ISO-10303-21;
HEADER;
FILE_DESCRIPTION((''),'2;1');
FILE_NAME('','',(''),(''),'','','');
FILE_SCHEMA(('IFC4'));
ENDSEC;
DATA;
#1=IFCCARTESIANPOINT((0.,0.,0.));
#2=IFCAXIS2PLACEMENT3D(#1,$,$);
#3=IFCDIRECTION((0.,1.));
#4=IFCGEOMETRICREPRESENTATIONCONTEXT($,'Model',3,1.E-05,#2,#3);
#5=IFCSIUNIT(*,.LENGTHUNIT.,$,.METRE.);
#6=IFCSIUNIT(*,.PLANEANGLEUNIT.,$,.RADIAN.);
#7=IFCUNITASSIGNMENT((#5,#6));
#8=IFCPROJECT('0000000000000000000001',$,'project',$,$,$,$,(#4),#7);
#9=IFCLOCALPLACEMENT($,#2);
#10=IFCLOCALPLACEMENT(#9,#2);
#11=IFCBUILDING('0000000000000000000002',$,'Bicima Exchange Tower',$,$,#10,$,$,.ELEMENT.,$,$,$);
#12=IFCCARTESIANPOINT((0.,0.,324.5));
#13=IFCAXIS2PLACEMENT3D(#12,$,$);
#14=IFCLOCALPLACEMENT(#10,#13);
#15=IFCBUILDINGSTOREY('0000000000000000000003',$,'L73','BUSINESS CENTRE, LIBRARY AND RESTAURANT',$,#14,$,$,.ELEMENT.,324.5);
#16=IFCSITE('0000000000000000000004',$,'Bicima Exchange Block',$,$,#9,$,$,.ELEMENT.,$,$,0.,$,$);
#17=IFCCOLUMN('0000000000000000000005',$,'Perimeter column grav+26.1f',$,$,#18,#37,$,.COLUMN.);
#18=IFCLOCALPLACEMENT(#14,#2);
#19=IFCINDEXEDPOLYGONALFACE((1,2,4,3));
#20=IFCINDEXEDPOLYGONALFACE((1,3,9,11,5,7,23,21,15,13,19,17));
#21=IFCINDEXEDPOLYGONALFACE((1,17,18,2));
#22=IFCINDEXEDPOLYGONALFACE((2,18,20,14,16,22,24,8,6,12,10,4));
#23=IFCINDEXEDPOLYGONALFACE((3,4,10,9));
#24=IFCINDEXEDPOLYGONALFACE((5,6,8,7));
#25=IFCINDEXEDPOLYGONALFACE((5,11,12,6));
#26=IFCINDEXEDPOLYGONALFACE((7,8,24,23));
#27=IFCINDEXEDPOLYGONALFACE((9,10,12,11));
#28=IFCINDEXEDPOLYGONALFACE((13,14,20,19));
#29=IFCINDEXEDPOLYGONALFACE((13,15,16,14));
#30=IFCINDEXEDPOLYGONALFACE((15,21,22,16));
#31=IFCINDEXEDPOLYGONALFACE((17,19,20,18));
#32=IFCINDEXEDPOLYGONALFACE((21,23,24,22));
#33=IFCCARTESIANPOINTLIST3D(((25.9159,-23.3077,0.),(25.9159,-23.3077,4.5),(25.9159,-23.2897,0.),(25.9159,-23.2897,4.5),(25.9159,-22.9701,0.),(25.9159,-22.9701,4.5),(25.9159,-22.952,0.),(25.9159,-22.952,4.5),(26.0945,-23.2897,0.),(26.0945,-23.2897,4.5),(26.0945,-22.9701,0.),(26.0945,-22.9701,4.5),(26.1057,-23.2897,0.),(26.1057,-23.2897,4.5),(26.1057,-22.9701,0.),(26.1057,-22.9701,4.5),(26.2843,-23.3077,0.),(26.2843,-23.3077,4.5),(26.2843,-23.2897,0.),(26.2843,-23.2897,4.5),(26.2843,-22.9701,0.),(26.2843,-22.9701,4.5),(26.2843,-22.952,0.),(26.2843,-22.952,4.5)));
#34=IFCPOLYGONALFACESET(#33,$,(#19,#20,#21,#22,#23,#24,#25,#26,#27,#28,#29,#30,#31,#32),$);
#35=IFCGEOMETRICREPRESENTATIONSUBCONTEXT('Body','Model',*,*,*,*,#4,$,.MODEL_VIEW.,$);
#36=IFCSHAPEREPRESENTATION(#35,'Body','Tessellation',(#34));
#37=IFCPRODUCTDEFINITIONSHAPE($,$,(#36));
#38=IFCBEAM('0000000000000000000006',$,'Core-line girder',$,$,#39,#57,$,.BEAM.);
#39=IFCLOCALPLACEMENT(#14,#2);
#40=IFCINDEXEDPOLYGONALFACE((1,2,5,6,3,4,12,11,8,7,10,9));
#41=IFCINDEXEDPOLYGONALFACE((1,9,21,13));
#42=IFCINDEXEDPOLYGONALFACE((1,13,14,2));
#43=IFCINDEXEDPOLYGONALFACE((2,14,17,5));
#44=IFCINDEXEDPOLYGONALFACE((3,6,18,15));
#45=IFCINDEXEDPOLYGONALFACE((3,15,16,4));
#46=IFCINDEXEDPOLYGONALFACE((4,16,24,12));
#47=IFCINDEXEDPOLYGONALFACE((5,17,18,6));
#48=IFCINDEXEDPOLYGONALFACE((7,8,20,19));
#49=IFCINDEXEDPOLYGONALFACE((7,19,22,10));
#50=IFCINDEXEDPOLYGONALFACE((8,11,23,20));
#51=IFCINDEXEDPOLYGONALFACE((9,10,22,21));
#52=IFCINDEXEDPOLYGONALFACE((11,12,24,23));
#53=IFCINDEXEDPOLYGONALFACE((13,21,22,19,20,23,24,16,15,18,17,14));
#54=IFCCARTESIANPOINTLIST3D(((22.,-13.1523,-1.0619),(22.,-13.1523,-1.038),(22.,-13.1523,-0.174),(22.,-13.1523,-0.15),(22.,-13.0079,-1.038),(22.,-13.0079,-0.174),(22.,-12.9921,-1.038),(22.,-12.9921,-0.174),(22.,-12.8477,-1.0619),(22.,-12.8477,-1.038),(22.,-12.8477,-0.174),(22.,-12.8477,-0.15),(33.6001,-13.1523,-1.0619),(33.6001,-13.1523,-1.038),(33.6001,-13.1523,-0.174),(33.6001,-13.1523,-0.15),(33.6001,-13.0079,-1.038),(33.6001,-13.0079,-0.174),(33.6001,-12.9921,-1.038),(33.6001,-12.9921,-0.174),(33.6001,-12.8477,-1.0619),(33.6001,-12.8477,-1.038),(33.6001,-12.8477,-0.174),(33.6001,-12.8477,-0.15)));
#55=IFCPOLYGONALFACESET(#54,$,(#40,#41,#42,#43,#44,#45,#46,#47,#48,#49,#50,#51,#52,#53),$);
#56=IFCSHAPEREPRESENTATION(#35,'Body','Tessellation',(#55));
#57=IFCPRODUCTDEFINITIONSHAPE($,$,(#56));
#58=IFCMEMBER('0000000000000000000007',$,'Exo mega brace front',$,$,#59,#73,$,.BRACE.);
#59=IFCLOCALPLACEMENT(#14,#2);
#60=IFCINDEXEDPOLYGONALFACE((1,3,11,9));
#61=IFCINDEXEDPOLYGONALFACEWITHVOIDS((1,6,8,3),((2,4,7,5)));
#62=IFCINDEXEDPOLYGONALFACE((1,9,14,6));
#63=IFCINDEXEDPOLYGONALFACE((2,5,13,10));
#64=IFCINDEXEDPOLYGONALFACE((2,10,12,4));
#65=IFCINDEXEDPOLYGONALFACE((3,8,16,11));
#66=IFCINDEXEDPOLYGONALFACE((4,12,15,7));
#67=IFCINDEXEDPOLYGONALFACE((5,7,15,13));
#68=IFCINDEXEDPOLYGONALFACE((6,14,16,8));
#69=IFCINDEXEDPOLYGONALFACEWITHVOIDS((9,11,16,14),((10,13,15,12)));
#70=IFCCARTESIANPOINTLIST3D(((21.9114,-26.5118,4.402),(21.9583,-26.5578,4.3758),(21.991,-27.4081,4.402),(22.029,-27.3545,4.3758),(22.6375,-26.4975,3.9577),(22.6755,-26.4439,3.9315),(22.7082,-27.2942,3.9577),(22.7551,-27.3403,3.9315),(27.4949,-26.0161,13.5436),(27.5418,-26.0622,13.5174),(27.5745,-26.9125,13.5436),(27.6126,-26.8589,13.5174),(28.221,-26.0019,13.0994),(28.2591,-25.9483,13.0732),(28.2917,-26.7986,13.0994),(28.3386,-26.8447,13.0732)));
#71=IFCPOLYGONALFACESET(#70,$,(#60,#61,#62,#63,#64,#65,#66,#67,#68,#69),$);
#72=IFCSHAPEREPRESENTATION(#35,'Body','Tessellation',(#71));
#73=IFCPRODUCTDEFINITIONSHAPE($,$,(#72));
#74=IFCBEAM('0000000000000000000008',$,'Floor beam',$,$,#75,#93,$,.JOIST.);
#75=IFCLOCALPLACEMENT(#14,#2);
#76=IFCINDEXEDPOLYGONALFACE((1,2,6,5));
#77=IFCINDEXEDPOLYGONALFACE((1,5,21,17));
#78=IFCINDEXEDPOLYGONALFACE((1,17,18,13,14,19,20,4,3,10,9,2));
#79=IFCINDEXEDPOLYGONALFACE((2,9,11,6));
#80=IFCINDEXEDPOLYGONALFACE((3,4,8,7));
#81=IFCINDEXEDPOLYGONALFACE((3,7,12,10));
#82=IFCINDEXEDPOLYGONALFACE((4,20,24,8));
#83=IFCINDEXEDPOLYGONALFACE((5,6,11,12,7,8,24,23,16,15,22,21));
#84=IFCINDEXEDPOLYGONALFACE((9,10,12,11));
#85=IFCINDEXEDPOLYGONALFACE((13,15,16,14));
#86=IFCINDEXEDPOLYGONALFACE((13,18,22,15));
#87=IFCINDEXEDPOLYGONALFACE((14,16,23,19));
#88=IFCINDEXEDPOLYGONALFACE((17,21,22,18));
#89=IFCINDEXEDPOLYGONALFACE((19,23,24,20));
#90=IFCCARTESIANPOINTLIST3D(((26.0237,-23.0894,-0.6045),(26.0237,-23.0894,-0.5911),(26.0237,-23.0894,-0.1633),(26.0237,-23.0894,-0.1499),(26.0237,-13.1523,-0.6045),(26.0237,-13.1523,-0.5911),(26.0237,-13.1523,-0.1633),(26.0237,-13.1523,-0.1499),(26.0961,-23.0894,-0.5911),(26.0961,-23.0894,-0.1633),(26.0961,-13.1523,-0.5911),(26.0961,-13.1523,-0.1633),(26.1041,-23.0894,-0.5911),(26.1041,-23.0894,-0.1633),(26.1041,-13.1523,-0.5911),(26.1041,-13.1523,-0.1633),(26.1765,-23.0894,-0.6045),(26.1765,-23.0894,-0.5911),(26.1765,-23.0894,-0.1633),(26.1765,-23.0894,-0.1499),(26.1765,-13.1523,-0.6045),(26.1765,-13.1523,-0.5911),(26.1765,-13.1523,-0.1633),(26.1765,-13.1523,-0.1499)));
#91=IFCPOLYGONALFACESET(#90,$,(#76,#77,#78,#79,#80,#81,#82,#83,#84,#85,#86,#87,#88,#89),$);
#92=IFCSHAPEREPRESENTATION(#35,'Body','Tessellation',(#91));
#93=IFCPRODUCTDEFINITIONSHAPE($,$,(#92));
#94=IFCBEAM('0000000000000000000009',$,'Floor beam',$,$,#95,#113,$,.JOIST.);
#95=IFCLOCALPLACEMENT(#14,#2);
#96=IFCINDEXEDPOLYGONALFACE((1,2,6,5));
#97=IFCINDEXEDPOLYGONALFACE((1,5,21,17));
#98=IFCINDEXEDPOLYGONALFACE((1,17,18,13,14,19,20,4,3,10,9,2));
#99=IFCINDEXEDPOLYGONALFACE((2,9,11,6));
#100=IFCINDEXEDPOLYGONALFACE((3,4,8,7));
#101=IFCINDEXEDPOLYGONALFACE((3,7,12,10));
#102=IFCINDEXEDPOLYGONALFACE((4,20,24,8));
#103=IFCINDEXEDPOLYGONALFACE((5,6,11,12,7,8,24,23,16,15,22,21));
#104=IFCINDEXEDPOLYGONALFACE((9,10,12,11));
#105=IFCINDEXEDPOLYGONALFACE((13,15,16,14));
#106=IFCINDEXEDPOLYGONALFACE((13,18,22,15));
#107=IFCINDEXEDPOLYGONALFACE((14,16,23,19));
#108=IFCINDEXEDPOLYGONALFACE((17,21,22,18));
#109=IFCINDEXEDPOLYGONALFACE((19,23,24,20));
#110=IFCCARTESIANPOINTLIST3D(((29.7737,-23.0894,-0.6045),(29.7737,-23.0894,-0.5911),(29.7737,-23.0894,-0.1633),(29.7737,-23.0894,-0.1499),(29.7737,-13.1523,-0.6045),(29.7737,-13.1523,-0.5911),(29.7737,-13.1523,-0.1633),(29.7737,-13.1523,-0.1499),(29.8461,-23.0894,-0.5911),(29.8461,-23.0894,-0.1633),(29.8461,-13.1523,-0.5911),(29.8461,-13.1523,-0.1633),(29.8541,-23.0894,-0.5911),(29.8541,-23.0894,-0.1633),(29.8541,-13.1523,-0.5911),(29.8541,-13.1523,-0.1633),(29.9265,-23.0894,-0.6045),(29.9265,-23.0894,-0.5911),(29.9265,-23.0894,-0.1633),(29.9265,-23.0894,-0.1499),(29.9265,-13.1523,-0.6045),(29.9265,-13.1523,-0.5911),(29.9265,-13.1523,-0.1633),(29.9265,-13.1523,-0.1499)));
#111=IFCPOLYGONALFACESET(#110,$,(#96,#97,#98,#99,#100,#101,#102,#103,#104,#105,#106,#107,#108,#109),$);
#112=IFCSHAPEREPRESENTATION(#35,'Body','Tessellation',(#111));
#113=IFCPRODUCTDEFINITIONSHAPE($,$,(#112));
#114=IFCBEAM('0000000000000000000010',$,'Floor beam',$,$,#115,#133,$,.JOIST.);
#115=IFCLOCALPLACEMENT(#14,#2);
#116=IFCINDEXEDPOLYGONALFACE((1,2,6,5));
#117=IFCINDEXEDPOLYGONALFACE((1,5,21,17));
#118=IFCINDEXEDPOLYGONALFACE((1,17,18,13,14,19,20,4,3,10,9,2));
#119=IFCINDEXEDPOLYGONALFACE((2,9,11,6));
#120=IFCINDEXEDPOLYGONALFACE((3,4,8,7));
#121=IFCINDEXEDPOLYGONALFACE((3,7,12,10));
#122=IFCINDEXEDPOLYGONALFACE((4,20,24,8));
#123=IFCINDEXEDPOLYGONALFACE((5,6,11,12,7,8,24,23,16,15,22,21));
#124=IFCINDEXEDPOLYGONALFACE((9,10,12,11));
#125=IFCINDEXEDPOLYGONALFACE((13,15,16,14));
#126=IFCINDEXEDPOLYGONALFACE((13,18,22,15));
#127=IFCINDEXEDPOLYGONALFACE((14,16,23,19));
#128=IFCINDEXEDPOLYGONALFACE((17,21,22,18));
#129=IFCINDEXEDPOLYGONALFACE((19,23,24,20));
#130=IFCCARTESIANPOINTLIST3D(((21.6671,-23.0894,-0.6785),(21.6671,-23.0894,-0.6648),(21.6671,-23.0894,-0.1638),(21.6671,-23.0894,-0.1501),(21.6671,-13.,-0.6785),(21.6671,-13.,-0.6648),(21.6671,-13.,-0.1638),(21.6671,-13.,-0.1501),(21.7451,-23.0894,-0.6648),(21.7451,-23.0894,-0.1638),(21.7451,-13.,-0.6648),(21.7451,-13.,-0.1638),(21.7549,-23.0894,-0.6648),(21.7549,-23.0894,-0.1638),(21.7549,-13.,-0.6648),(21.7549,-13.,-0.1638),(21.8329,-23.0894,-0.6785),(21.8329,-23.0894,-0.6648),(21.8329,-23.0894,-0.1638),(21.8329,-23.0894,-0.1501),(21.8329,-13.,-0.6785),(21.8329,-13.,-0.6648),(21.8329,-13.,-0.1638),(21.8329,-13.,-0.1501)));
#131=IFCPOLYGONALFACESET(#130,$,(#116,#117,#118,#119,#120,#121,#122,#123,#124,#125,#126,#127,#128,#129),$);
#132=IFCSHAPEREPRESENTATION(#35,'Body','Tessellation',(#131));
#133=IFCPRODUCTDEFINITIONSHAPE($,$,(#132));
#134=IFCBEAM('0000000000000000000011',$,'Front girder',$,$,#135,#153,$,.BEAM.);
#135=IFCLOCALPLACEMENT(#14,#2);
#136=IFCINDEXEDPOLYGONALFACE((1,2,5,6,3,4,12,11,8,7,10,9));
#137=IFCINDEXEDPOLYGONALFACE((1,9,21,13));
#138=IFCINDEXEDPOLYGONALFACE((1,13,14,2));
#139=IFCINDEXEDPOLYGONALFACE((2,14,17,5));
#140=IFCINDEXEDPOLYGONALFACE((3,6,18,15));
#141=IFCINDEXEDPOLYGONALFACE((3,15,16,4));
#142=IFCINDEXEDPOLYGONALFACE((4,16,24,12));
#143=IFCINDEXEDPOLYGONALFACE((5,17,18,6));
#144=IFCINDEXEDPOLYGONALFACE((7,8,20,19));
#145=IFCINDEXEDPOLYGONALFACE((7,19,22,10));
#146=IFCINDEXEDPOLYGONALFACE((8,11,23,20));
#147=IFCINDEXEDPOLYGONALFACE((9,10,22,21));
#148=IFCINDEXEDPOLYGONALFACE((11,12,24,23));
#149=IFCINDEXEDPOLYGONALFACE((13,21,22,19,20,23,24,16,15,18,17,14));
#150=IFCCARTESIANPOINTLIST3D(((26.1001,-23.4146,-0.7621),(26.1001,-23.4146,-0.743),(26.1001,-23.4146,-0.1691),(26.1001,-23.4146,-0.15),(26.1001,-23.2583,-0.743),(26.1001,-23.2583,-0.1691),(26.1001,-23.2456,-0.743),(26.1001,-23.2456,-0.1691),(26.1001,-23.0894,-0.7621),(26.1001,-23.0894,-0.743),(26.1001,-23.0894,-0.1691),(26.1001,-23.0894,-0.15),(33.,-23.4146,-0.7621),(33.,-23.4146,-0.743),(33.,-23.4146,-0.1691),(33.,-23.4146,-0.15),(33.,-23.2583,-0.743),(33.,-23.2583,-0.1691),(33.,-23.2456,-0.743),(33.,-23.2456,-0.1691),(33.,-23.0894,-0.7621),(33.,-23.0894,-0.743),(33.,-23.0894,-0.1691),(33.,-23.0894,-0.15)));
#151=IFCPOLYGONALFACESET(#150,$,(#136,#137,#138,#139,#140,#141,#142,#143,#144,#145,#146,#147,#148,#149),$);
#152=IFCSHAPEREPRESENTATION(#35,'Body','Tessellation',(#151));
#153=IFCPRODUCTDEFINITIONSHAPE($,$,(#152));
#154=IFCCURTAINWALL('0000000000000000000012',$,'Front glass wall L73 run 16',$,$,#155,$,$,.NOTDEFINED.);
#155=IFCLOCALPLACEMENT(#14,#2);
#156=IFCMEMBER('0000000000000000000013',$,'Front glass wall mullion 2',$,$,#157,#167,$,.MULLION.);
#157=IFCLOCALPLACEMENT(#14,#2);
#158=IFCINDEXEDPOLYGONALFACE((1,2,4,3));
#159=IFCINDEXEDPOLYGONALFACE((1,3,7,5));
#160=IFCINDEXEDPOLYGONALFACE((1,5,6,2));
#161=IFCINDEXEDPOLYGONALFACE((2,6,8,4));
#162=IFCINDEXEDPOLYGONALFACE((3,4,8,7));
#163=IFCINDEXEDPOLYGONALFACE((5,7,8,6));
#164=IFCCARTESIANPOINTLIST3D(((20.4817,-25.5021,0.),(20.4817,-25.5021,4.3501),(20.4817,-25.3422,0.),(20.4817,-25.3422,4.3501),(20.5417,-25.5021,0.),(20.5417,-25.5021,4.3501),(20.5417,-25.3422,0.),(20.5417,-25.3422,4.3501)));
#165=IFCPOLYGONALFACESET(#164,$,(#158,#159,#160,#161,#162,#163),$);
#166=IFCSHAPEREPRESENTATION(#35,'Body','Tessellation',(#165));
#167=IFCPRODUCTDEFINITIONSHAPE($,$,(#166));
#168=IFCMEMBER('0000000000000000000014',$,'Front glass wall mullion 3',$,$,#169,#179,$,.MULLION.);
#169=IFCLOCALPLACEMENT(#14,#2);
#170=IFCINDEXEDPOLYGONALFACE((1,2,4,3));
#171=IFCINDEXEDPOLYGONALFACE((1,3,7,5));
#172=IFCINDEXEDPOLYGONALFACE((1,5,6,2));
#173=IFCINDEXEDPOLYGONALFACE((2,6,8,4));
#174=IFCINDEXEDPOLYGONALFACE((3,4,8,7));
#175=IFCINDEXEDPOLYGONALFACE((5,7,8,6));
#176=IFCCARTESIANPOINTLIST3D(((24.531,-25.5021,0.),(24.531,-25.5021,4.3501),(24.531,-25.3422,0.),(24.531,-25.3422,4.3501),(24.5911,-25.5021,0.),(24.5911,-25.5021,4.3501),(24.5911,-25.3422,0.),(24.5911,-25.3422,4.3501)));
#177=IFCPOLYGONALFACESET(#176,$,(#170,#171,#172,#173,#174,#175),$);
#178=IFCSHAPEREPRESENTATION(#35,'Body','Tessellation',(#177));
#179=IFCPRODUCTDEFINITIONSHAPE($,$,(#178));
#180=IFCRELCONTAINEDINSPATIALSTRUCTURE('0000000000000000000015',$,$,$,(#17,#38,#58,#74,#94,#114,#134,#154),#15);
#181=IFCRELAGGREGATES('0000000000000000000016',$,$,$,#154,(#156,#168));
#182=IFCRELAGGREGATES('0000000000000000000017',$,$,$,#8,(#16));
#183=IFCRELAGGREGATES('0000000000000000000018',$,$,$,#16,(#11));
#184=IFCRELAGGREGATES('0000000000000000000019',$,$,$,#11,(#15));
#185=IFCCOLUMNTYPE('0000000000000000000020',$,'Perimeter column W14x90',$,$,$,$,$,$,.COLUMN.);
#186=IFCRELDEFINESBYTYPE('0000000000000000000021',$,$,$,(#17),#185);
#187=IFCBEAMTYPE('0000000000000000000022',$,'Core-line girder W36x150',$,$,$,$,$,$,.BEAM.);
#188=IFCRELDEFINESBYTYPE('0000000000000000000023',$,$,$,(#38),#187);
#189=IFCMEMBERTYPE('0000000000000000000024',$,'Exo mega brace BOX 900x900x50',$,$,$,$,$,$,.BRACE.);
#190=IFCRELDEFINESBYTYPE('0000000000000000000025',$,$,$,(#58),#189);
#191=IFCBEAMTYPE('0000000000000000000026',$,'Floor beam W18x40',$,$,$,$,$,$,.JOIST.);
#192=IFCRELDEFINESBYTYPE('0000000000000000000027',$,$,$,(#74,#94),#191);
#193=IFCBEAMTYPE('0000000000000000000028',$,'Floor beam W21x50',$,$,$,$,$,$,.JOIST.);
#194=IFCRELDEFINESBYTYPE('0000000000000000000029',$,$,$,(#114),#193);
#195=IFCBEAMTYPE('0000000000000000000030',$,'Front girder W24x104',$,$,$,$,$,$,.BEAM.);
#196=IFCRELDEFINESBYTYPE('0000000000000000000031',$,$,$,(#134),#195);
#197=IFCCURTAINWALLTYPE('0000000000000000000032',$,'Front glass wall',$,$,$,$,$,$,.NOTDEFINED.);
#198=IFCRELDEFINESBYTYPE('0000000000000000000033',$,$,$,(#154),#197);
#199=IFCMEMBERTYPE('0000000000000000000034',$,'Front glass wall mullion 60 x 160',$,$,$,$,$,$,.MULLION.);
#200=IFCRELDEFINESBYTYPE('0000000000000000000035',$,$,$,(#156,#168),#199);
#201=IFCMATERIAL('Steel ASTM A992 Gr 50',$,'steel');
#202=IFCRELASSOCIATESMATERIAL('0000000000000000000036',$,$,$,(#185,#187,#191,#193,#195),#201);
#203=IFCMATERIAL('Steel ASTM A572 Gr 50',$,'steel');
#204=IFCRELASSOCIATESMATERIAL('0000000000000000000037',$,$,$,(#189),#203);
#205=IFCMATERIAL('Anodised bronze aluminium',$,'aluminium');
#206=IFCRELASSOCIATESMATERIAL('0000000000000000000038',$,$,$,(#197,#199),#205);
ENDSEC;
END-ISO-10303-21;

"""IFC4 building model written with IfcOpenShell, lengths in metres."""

from ifc_helpers import new_model, si_unit, direction, frame, origin, origin_2d, place, context, subcontext, project, spatial, rectangle, hollow_rectangle, i_section, extrude, material, material_profile, profile_set, type_object, element, aggregate, save


model = new_model("IFC4")

# Units and contexts
model_context = context("Model", 3, precision=1e-05, world=origin(), true_north=direction((0.0, 1.0)))
body_context = subcontext(model_context, "Body", "Model", "MODEL_VIEW")
ifc_project = project(units=[si_unit("LENGTHUNIT", "METRE"), si_unit("PLANEANGLEUNIT", "RADIAN")], contexts=[model_context])

# Site, building, storey
site_placement = place(None, origin())
site = spatial("IfcSite", under=ifc_project, at=site_placement, Name="Bicima Exchange Block", CompositionType="ELEMENT", RefElevation=0.0)
building_placement = place(site_placement, origin())
building = spatial("IfcBuilding", under=site, at=building_placement, Name="Bicima Exchange Tower", CompositionType="ELEMENT")
storey_placement = place(building_placement, frame((0.0, 0.0, 324.5)))
storey = spatial("IfcBuildingStorey", under=building, at=storey_placement, Name="L73", Description="BUSINESS CENTRE, LIBRARY AND RESTAURANT", CompositionType="ELEMENT", Elevation=324.5)

# Column
ifc_material_1 = material(Name="Steel ASTM A992 Gr 50", Category="steel")
ifc_material_profile_1 = material_profile(ifc_material_1, i_section(OverallWidth=0.3684, OverallDepth=0.3557, WebThickness=0.0112, FlangeThickness=0.0181, at=origin_2d()))
ifc_profile_set_1 = profile_set([ifc_material_profile_1], Name="Steel ASTM A992 Gr 50")
column_type = type_object("IfcColumnType", Name="Perimeter column W14x90", PredefinedType="COLUMN", material=ifc_profile_set_1)
column_placement = place(storey_placement, frame((26.1001, -23.1299, 0.0), z_axis=(0.0, 0.0, 1.0), x_axis=(1.0, 0.0, 0.0)))
element("IfcColumn", 1, at=column_placement, inside=storey, type_object=column_type, Name="Perimeter column grav+26.1f", PredefinedType="COLUMN", context=body_context, shape_type="SweptSolid", body=[
    extrude(i_section(OverallWidth=0.3684, OverallDepth=0.3557, WebThickness=0.0112, FlangeThickness=0.0181, at=origin_2d()), origin(), (0.0, 0.0, 1.0), 4.5),
])

# Beam
ifc_material_profile_2 = material_profile(ifc_material_1, i_section(OverallWidth=0.3047, OverallDepth=0.9119, WebThickness=0.0159, FlangeThickness=0.0239, at=origin_2d()))
ifc_profile_set_2 = profile_set([ifc_material_profile_2], Name="Steel ASTM A992 Gr 50")
beam_type_1 = type_object("IfcBeamType", Name="Core-line girder W36x150", PredefinedType="BEAM", material=ifc_profile_set_2)
beam_1_placement = place(storey_placement, frame((22.0, -13.0, -0.606), z_axis=(1.0, 0.0, 0.0), x_axis=(0.0, 1.0, 0.0)))
element("IfcBeam", 2, at=beam_1_placement, inside=storey, type_object=beam_type_1, Name="Core-line girder", PredefinedType="BEAM", context=body_context, shape_type="SweptSolid", body=[
    extrude(i_section(OverallWidth=0.3047, OverallDepth=0.9119, WebThickness=0.0159, FlangeThickness=0.0239, at=origin_2d()), origin(), (0.0, 0.0, 1.0), 11.6001),
])

# Member
ifc_material_2 = material(Name="Steel ASTM A572 Gr 50", Category="steel")
ifc_material_profile_3 = material_profile(ifc_material_2, hollow_rectangle(XDim=0.8999, YDim=0.8999, WallThickness=0.05, at=origin_2d()))
ifc_profile_set_3 = profile_set([ifc_material_profile_3], Name="Steel ASTM A572 Gr 50")
member_type_1 = type_object("IfcMemberType", Name="Exo mega brace BOX 900x900x50", PredefinedType="BRACE", material=ifc_profile_set_3)
member_1_placement = place(storey_placement, frame((22.3333, -26.926, 4.1667), z_axis=(0.520686, 0.046217, 0.852496), x_axis=(-0.088415, 0.996084, 0.0)))
element("IfcMember", 3, at=member_1_placement, inside=storey, type_object=member_type_1, Name="Exo mega brace front", PredefinedType="BRACE", context=body_context, shape_type="SweptSolid", body=[
    extrude(hollow_rectangle(XDim=0.8999, YDim=0.8999, WallThickness=0.05, at=origin_2d()), origin(), (0.0, 0.0, 1.0), 10.7234),
])

# Beams
ifc_material_profile_4 = material_profile(ifc_material_1, i_section(OverallWidth=0.1528, OverallDepth=0.4546, WebThickness=0.0081, FlangeThickness=0.0134, at=origin_2d()))
ifc_profile_set_4 = profile_set([ifc_material_profile_4], Name="Steel ASTM A992 Gr 50")
beam_type_2 = type_object("IfcBeamType", Name="Floor beam W18x40", PredefinedType="JOIST", material=ifc_profile_set_4)
for number, where, z_axis, x_axis, name in (
    (4, (26.1001, -13.1523, -0.3772), (0.0, -1.0, 0.0), (1.0, 0.0, 0.0), "Floor beam"),
    (5, (29.8501, -13.1523, -0.3772), (0.0, -1.0, 0.0), (1.0, 0.0, 0.0), "Floor beam"),
):
    element("IfcBeam", number, at=place(storey_placement, frame(where, z_axis=z_axis, x_axis=x_axis)), inside=storey, type_object=beam_type_2, Name=name, PredefinedType="JOIST", context=body_context, shape_type="SweptSolid", body=[
        extrude(i_section(OverallWidth=0.1528, OverallDepth=0.4546, WebThickness=0.0081, FlangeThickness=0.0134, at=origin_2d()), origin(), (0.0, 0.0, 1.0), 9.937),
    ])
ifc_material_profile_5 = material_profile(ifc_material_1, i_section(OverallWidth=0.1658, OverallDepth=0.5283, WebThickness=0.0098, FlangeThickness=0.0137, at=origin_2d()))
ifc_profile_set_5 = profile_set([ifc_material_profile_5], Name="Steel ASTM A992 Gr 50")
beam_type_3 = type_object("IfcBeamType", Name="Floor beam W21x50", PredefinedType="JOIST", material=ifc_profile_set_5)
beam_2_placement = place(storey_placement, frame((21.75, -13.0, -0.4143), z_axis=(0.0, -1.0, 0.0), x_axis=(1.0, 0.0, 0.0)))
element("IfcBeam", 6, at=beam_2_placement, inside=storey, type_object=beam_type_3, Name="Floor beam", PredefinedType="JOIST", context=body_context, shape_type="SweptSolid", body=[
    extrude(i_section(OverallWidth=0.1658, OverallDepth=0.5283, WebThickness=0.0098, FlangeThickness=0.0137, at=origin_2d()), origin(), (0.0, 0.0, 1.0), 10.0894),
])
ifc_material_profile_6 = material_profile(ifc_material_1, i_section(OverallWidth=0.3252, OverallDepth=0.6121, WebThickness=0.0127, FlangeThickness=0.019, at=origin_2d()))
ifc_profile_set_6 = profile_set([ifc_material_profile_6], Name="Steel ASTM A992 Gr 50")
beam_type_4 = type_object("IfcBeamType", Name="Front girder W24x104", PredefinedType="BEAM", material=ifc_profile_set_6)
beam_3_placement = place(storey_placement, frame((26.1001, -23.252, -0.4561), z_axis=(1.0, 0.0, 0.0), x_axis=(0.0, 1.0, 0.0)))
element("IfcBeam", 7, at=beam_3_placement, inside=storey, type_object=beam_type_4, Name="Front girder", PredefinedType="BEAM", context=body_context, shape_type="SweptSolid", body=[
    extrude(i_section(OverallWidth=0.3252, OverallDepth=0.6121, WebThickness=0.0127, FlangeThickness=0.019, at=origin_2d()), origin(), (0.0, 0.0, 1.0), 6.8999),
])

# Curtain wall, members
ifc_material_3 = material(Name="Anodised bronze aluminium", Category="aluminium")
curtain_wall_type = type_object("IfcCurtainWallType", Name="Front glass wall", PredefinedType="NOTDEFINED", material=ifc_material_3)
curtain_wall_placement = place(storey_placement, origin())
curtain_wall = element("IfcCurtainWall", 8, at=curtain_wall_placement, inside=storey, type_object=curtain_wall_type, Name="Front glass wall L73 run 16", PredefinedType="NOTDEFINED")
ifc_material_profile_7 = material_profile(ifc_material_3, rectangle(XDim=0.1599, YDim=0.0601, at=origin_2d()))
ifc_profile_set_7 = profile_set([ifc_material_profile_7], Name="Anodised bronze aluminium")
member_type_2 = type_object("IfcMemberType", Name="Front glass wall mullion 60 x 160", PredefinedType="MULLION", material=ifc_profile_set_7)
member_2_placement = place(storey_placement, frame((20.5117, -25.4221, 0.0), z_axis=(0.0, 0.0, 1.0), x_axis=(0.0, 1.0, 0.0)))
member_2 = element("IfcMember", 9, at=member_2_placement, type_object=member_type_2, Name="Front glass wall mullion 2", PredefinedType="MULLION", context=body_context, shape_type="SweptSolid", body=[
    extrude(rectangle(XDim=0.1599, YDim=0.0601, at=origin_2d()), origin(), (0.0, 0.0, 1.0), 4.3501),
])
member_3_placement = place(storey_placement, frame((24.561, -25.4221, 0.0), z_axis=(0.0, 0.0, 1.0), x_axis=(0.0, 1.0, 0.0)))
member_3 = element("IfcMember", 10, at=member_3_placement, type_object=member_type_2, Name="Front glass wall mullion 3", PredefinedType="MULLION", context=body_context, shape_type="SweptSolid", body=[
    extrude(rectangle(XDim=0.1599, YDim=0.0601, at=origin_2d()), origin(), (0.0, 0.0, 1.0), 4.3501),
])
aggregate(curtain_wall, [member_2, member_3])

save(model, "model.ifc")
